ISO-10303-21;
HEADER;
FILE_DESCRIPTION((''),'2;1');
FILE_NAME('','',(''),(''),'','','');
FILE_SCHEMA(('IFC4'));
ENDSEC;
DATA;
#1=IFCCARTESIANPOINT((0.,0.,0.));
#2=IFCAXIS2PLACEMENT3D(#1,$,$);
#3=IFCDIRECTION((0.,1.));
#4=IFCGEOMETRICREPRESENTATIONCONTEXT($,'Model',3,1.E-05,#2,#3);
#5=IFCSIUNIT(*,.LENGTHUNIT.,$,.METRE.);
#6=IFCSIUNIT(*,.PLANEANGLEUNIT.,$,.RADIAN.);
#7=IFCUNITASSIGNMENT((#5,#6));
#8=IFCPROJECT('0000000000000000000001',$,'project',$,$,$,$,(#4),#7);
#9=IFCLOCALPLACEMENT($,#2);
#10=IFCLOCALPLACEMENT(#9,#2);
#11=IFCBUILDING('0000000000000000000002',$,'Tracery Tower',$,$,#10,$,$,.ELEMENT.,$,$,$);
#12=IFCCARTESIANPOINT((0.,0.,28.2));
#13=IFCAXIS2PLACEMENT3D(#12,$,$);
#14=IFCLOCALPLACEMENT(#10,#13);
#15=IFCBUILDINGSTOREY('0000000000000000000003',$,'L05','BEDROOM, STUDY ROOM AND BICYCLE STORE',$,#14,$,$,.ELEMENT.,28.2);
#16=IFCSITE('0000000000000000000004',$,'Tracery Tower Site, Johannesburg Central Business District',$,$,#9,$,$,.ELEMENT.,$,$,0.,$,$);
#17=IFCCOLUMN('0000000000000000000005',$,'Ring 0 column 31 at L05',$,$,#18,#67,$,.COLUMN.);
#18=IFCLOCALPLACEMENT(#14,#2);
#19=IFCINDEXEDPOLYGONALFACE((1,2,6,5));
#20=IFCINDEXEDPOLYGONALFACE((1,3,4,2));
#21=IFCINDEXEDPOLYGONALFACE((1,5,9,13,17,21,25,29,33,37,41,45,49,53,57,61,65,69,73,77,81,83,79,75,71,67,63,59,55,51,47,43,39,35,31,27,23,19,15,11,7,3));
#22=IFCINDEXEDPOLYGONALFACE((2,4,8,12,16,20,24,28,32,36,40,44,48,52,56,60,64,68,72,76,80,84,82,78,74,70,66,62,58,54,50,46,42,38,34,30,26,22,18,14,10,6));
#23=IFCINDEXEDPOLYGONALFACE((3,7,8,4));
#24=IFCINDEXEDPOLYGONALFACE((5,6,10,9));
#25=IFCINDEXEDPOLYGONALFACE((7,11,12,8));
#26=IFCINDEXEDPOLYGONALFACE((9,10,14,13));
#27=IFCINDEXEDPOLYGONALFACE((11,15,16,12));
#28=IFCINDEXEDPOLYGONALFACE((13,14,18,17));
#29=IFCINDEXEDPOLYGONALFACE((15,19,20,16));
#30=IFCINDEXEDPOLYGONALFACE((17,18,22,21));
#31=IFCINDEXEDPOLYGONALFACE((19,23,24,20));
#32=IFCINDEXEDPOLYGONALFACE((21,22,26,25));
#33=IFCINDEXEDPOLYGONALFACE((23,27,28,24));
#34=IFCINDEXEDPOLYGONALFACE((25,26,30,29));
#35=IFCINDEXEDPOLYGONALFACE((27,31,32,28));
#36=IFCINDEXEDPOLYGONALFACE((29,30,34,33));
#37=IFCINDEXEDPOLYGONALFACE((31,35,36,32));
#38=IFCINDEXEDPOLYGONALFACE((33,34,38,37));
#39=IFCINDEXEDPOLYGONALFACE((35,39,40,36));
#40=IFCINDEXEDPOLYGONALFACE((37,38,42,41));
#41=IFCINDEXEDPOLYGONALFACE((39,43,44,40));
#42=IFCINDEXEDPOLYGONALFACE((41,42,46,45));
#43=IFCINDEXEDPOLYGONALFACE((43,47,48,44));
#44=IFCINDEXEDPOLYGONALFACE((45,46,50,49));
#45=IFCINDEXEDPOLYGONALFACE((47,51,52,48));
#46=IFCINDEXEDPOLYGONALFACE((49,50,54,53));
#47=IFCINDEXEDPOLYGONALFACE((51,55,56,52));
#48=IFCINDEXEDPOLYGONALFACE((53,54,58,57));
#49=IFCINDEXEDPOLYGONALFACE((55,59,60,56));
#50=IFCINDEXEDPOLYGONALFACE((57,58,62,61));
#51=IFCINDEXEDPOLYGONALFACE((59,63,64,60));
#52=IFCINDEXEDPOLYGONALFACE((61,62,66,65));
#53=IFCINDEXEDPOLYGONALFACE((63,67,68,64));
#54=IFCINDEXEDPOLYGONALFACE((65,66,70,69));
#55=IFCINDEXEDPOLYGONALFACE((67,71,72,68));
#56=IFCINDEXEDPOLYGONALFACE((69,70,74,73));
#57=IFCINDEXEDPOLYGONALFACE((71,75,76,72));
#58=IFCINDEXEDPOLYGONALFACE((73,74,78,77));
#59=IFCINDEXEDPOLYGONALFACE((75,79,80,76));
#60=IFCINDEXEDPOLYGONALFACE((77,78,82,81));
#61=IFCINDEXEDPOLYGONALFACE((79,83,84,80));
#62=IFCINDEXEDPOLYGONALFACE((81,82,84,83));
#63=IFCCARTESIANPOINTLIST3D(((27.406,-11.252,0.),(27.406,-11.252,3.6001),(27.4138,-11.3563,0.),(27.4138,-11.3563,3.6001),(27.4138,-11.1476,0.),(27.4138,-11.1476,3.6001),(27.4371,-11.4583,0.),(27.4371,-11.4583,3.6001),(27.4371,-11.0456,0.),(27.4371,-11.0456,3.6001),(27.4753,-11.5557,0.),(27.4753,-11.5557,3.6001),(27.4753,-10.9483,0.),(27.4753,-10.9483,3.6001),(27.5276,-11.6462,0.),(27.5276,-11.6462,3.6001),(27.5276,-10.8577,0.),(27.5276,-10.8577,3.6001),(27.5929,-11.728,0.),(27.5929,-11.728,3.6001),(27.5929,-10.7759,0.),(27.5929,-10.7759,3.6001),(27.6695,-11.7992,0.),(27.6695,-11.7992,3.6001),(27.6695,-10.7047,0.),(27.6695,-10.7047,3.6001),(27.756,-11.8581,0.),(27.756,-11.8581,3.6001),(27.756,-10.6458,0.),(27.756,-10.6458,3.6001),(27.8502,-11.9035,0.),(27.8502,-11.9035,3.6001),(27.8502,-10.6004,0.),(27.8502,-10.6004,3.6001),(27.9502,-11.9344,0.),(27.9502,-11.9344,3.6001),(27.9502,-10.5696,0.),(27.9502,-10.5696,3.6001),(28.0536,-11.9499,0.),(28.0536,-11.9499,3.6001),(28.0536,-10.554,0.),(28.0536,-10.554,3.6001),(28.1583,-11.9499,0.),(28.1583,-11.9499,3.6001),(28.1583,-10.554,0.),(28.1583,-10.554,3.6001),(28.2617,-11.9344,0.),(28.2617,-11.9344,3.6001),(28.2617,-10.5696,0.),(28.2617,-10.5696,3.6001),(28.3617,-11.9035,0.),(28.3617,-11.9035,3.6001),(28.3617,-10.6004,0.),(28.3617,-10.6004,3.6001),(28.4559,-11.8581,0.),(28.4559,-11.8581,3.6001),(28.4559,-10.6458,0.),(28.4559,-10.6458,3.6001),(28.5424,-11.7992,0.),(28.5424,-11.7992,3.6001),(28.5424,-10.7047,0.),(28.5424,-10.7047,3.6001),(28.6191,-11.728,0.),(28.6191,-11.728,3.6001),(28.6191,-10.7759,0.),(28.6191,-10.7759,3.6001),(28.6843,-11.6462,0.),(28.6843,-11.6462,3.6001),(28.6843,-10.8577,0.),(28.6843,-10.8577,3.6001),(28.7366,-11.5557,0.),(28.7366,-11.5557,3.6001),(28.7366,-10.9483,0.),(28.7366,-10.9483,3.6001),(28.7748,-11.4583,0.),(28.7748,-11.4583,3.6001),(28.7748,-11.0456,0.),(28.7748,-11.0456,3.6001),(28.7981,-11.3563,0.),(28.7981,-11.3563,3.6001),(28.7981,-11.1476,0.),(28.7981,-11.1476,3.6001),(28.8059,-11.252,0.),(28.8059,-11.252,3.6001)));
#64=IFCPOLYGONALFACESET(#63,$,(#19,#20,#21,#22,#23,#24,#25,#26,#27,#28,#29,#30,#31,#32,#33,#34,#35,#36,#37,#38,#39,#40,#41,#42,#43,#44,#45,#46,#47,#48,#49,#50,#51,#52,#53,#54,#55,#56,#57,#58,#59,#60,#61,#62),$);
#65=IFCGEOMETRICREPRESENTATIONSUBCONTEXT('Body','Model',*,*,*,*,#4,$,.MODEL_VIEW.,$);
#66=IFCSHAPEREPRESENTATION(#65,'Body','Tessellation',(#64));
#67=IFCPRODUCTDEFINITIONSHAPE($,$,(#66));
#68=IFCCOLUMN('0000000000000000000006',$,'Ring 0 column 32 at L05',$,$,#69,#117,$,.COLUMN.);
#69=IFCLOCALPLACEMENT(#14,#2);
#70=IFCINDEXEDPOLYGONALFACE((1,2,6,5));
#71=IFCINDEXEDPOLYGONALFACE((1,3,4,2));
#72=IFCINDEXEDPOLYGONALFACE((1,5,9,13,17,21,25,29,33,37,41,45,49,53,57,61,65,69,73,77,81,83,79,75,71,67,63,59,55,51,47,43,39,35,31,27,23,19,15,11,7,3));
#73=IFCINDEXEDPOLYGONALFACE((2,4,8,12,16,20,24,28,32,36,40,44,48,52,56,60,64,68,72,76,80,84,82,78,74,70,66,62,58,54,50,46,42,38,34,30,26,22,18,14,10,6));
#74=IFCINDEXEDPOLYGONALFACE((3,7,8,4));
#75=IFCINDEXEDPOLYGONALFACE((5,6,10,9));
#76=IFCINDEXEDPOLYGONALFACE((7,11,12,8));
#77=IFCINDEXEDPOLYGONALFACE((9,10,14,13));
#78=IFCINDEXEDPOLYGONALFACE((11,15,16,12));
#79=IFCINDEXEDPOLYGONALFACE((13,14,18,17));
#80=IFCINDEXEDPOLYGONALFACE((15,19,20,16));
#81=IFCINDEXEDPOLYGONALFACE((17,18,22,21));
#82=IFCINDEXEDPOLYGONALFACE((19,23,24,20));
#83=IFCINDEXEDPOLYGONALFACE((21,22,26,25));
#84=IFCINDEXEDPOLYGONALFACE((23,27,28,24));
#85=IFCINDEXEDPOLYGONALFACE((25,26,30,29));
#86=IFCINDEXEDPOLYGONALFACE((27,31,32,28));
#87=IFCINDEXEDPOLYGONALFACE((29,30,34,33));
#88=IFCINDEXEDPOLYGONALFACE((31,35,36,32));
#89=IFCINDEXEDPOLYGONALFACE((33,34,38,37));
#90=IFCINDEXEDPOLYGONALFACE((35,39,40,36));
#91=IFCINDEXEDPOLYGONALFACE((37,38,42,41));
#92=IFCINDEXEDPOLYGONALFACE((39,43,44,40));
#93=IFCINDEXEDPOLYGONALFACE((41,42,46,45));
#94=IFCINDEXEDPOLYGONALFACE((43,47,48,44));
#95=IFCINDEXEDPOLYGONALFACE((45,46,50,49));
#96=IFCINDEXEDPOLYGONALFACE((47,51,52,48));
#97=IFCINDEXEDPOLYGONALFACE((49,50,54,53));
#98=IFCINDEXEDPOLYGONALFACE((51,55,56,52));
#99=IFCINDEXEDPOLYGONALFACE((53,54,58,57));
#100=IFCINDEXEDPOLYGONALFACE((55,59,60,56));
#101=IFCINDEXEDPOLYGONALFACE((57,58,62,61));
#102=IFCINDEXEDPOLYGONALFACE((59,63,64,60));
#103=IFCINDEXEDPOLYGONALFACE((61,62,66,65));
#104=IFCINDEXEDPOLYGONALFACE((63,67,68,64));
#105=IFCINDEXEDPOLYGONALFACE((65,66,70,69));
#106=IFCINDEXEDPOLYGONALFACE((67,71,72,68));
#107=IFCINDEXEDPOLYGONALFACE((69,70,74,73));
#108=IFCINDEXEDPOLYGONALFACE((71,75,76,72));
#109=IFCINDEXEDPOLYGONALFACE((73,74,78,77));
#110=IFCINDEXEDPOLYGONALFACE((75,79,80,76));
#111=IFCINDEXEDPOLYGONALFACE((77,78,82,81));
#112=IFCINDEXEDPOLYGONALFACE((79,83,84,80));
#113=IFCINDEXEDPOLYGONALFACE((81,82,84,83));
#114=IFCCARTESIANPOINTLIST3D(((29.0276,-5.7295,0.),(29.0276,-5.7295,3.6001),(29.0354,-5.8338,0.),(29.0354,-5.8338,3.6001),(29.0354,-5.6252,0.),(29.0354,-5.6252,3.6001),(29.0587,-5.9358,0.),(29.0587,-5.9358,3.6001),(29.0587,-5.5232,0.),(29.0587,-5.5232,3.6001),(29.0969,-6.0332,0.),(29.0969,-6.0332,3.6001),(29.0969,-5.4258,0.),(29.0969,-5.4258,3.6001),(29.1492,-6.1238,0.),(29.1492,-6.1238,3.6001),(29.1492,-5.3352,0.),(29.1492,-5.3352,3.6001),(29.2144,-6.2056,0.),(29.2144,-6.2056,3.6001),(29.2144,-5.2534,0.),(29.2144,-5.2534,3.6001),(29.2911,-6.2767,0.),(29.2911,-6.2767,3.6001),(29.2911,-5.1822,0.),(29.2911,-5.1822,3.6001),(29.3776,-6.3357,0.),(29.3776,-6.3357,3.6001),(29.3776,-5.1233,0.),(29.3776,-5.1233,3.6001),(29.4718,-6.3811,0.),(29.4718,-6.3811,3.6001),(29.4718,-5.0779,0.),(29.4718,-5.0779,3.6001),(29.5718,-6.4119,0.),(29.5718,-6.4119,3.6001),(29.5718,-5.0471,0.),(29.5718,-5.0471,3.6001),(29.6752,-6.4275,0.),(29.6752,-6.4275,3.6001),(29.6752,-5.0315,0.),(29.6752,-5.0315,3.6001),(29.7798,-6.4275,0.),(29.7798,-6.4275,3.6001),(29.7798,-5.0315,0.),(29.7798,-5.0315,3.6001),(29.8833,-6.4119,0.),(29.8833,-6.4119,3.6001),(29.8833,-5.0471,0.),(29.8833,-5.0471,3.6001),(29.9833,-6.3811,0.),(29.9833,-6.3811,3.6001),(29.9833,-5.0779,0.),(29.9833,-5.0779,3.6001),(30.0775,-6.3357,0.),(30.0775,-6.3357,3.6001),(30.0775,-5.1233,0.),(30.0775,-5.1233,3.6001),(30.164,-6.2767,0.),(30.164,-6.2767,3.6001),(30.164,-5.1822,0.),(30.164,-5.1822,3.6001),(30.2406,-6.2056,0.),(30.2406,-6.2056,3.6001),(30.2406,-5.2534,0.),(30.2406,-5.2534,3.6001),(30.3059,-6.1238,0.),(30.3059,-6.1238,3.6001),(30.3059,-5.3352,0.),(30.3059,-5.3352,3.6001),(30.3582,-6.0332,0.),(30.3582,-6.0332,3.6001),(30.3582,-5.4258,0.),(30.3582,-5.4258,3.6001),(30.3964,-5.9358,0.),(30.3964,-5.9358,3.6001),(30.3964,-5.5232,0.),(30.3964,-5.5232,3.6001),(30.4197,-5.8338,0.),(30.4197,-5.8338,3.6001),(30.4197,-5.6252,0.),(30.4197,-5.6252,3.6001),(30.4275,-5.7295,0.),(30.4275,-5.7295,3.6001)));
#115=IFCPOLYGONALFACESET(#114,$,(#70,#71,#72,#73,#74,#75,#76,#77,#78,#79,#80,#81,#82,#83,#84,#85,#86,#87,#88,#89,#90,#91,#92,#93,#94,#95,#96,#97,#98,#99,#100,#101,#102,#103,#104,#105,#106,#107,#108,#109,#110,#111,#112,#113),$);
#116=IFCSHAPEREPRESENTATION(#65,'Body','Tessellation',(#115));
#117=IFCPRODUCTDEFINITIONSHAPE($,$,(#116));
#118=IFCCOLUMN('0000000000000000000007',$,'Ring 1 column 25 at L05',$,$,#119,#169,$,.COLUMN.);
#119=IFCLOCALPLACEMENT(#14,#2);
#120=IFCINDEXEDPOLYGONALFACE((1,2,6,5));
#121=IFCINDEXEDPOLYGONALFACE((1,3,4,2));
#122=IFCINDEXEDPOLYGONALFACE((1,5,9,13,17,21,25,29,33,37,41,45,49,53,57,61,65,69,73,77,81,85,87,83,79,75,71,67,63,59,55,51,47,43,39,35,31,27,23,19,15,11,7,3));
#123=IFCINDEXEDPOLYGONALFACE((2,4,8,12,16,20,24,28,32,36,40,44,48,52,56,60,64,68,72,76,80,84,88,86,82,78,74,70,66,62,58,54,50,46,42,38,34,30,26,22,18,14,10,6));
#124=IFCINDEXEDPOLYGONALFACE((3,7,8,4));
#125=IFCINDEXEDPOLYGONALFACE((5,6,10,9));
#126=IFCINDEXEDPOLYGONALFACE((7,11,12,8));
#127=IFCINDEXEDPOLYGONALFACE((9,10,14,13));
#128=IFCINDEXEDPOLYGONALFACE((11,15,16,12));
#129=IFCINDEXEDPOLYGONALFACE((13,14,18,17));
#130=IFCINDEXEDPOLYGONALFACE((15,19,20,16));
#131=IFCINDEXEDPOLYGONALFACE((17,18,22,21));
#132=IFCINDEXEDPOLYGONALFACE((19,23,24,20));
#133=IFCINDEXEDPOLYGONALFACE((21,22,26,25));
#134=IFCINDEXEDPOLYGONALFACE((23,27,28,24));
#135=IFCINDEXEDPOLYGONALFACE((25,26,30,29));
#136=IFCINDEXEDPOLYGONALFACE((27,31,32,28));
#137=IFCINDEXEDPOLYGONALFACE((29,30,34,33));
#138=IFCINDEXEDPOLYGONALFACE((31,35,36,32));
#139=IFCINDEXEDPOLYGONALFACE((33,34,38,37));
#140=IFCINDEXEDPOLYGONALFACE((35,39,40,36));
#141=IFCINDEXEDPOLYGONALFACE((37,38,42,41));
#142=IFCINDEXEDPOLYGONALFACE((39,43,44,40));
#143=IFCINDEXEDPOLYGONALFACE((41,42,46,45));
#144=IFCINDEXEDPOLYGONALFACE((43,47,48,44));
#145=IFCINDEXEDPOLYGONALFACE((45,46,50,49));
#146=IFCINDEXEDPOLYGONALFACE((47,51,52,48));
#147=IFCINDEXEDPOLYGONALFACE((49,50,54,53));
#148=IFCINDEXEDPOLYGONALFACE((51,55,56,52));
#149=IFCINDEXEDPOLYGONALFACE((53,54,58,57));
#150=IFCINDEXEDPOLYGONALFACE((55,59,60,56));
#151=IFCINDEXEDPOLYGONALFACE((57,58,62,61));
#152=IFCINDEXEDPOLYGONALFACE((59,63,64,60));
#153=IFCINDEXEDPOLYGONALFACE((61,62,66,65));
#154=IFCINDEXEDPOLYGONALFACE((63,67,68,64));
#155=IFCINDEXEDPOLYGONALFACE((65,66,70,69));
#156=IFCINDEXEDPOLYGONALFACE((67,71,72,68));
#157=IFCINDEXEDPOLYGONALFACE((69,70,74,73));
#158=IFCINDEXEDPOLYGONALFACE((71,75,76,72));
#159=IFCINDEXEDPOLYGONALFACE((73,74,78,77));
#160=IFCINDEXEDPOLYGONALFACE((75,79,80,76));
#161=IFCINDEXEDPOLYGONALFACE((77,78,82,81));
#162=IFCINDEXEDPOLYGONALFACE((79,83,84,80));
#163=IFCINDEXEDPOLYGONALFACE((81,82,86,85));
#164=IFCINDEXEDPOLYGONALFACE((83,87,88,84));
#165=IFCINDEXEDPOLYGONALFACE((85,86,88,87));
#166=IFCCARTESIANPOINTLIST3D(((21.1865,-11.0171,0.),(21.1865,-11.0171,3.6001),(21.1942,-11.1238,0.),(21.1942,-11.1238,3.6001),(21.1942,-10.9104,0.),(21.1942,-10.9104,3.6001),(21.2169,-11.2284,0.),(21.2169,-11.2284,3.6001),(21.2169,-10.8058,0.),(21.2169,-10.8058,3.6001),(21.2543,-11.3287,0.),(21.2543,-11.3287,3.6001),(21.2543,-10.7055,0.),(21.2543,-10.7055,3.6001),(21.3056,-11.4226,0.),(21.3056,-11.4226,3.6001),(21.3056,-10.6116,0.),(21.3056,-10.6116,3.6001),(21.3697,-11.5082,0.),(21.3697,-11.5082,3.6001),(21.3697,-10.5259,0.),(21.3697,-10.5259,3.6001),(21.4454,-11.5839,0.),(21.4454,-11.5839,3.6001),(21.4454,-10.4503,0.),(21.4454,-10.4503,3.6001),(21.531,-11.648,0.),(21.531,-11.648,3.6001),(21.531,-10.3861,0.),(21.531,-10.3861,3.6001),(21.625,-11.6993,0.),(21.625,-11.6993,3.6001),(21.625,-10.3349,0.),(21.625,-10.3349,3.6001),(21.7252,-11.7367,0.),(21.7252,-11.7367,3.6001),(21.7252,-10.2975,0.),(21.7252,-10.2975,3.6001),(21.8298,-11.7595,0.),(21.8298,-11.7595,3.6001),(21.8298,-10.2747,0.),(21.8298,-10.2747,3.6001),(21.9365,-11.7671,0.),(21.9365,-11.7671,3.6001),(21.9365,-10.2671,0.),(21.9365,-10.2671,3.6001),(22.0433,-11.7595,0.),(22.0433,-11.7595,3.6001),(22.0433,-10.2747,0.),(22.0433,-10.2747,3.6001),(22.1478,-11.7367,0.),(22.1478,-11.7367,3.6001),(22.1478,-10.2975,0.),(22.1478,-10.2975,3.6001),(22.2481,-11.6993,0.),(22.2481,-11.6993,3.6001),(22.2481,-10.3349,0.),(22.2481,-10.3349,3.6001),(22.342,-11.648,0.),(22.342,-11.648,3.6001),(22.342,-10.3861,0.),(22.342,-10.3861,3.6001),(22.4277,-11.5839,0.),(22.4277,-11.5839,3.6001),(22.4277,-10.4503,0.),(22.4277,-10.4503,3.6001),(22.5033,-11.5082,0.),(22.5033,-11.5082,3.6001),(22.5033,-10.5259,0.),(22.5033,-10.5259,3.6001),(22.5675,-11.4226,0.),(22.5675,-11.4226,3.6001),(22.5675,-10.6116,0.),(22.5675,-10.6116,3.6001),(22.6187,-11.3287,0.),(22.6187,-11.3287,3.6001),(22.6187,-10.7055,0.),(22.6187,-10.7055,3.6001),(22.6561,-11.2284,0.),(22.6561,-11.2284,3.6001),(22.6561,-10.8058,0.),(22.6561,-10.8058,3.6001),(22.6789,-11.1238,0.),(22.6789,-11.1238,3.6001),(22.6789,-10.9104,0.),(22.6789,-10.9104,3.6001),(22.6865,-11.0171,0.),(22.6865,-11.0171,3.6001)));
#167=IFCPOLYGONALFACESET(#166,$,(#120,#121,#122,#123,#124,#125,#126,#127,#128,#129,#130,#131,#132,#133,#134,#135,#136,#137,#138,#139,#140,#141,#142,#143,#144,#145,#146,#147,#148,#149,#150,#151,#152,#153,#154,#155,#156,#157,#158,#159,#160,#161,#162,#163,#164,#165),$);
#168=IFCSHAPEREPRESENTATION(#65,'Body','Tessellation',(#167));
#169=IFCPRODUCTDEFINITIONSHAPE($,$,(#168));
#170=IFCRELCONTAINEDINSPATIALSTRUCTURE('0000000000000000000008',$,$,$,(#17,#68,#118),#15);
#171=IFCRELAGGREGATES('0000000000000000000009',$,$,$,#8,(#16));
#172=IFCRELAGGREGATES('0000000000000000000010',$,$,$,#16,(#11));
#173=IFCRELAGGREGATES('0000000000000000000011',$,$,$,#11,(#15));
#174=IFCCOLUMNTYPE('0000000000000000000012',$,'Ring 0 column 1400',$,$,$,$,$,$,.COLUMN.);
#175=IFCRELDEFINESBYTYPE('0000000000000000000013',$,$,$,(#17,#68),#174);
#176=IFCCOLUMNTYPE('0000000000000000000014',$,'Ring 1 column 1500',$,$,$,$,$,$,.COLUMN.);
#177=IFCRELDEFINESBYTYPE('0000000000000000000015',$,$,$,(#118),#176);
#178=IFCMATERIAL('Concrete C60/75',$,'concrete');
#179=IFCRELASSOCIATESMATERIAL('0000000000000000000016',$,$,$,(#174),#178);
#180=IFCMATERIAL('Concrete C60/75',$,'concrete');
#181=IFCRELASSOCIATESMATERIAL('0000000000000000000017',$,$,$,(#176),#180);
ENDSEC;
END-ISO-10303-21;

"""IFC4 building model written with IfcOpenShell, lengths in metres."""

from ifc_helpers import new_model, si_unit, direction, frame, origin, origin_2d, place, context, subcontext, project, spatial, circle, extrude, material, material_profile, profile_set, type_object, element, save


model = new_model("IFC4")

# Units and contexts
model_context = context("Model", 3, precision=1e-05, world=origin(), true_north=direction((0.0, 1.0)))
body_context = subcontext(model_context, "Body", "Model", "MODEL_VIEW")
ifc_project = project(units=[si_unit("LENGTHUNIT", "METRE"), si_unit("PLANEANGLEUNIT", "RADIAN")], contexts=[model_context])

# Site, building, storey
site_placement = place(None, origin())
site = spatial("IfcSite", under=ifc_project, at=site_placement, Name="Tracery Tower Site, Johannesburg Central Business District", CompositionType="ELEMENT", RefElevation=0.0)
building_placement = place(site_placement, origin())
building = spatial("IfcBuilding", under=site, at=building_placement, Name="Tracery Tower", CompositionType="ELEMENT")
storey_placement = place(building_placement, frame((0.0, 0.0, 28.2)))
storey = spatial("IfcBuildingStorey", under=building, at=storey_placement, Name="L05", Description="BEDROOM, STUDY ROOM AND BICYCLE STORE", CompositionType="ELEMENT", Elevation=28.2)

# Columns
ifc_material_1 = material(Name="Concrete C60/75", Category="concrete")
ifc_material_profile_1 = material_profile(ifc_material_1, circle(Radius=0.7, at=origin_2d()), Name="RC D1400")
ifc_profile_set_1 = profile_set([ifc_material_profile_1], Name="Concrete C60/75")
column_type_1 = type_object("IfcColumnType", Name="Ring 0 column 1400", PredefinedType="COLUMN", material=ifc_profile_set_1)
for number, where, z_axis, x_axis, name in (
    (1, (28.106, -11.252, 0.0), (0.0, 0.0, 1.0), (1.0, 0.0, 0.0), "Ring 0 column 31 at L05"),
    (2, (29.7275, -5.7295, 0.0), (0.0, 0.0, 1.0), (1.0, 0.0, 0.0), "Ring 0 column 32 at L05"),
):
    element("IfcColumn", number, at=place(storey_placement, frame(where, z_axis=z_axis, x_axis=x_axis)), inside=storey, type_object=column_type_1, Name=name, PredefinedType="COLUMN", context=body_context, shape_type="SweptSolid", body=[
        extrude(circle(Radius=0.7, at=origin_2d()), origin(), (0.0, 0.0, 1.0), 3.6001),
    ])
ifc_material_2 = material(Name="Concrete C60/75", Category="concrete")
ifc_material_profile_2 = material_profile(ifc_material_2, circle(Radius=0.75, at=origin_2d()), Name="RC D1500")
ifc_profile_set_2 = profile_set([ifc_material_profile_2], Name="Concrete C60/75")
column_type_2 = type_object("IfcColumnType", Name="Ring 1 column 1500", PredefinedType="COLUMN", material=ifc_profile_set_2)
for number, where, z_axis, x_axis, name in (
    (3, (21.9365, -11.0171, 0.0), (0.0, 0.0, 1.0), (1.0, 0.0, 0.0), "Ring 1 column 25 at L05"),
):
    element("IfcColumn", number, at=place(storey_placement, frame(where, z_axis=z_axis, x_axis=x_axis)), inside=storey, type_object=column_type_2, Name=name, PredefinedType="COLUMN", context=body_context, shape_type="SweptSolid", body=[
        extrude(circle(Radius=0.75, at=origin_2d()), origin(), (0.0, 0.0, 1.0), 3.6001),
    ])

save(model, "model.ifc")
